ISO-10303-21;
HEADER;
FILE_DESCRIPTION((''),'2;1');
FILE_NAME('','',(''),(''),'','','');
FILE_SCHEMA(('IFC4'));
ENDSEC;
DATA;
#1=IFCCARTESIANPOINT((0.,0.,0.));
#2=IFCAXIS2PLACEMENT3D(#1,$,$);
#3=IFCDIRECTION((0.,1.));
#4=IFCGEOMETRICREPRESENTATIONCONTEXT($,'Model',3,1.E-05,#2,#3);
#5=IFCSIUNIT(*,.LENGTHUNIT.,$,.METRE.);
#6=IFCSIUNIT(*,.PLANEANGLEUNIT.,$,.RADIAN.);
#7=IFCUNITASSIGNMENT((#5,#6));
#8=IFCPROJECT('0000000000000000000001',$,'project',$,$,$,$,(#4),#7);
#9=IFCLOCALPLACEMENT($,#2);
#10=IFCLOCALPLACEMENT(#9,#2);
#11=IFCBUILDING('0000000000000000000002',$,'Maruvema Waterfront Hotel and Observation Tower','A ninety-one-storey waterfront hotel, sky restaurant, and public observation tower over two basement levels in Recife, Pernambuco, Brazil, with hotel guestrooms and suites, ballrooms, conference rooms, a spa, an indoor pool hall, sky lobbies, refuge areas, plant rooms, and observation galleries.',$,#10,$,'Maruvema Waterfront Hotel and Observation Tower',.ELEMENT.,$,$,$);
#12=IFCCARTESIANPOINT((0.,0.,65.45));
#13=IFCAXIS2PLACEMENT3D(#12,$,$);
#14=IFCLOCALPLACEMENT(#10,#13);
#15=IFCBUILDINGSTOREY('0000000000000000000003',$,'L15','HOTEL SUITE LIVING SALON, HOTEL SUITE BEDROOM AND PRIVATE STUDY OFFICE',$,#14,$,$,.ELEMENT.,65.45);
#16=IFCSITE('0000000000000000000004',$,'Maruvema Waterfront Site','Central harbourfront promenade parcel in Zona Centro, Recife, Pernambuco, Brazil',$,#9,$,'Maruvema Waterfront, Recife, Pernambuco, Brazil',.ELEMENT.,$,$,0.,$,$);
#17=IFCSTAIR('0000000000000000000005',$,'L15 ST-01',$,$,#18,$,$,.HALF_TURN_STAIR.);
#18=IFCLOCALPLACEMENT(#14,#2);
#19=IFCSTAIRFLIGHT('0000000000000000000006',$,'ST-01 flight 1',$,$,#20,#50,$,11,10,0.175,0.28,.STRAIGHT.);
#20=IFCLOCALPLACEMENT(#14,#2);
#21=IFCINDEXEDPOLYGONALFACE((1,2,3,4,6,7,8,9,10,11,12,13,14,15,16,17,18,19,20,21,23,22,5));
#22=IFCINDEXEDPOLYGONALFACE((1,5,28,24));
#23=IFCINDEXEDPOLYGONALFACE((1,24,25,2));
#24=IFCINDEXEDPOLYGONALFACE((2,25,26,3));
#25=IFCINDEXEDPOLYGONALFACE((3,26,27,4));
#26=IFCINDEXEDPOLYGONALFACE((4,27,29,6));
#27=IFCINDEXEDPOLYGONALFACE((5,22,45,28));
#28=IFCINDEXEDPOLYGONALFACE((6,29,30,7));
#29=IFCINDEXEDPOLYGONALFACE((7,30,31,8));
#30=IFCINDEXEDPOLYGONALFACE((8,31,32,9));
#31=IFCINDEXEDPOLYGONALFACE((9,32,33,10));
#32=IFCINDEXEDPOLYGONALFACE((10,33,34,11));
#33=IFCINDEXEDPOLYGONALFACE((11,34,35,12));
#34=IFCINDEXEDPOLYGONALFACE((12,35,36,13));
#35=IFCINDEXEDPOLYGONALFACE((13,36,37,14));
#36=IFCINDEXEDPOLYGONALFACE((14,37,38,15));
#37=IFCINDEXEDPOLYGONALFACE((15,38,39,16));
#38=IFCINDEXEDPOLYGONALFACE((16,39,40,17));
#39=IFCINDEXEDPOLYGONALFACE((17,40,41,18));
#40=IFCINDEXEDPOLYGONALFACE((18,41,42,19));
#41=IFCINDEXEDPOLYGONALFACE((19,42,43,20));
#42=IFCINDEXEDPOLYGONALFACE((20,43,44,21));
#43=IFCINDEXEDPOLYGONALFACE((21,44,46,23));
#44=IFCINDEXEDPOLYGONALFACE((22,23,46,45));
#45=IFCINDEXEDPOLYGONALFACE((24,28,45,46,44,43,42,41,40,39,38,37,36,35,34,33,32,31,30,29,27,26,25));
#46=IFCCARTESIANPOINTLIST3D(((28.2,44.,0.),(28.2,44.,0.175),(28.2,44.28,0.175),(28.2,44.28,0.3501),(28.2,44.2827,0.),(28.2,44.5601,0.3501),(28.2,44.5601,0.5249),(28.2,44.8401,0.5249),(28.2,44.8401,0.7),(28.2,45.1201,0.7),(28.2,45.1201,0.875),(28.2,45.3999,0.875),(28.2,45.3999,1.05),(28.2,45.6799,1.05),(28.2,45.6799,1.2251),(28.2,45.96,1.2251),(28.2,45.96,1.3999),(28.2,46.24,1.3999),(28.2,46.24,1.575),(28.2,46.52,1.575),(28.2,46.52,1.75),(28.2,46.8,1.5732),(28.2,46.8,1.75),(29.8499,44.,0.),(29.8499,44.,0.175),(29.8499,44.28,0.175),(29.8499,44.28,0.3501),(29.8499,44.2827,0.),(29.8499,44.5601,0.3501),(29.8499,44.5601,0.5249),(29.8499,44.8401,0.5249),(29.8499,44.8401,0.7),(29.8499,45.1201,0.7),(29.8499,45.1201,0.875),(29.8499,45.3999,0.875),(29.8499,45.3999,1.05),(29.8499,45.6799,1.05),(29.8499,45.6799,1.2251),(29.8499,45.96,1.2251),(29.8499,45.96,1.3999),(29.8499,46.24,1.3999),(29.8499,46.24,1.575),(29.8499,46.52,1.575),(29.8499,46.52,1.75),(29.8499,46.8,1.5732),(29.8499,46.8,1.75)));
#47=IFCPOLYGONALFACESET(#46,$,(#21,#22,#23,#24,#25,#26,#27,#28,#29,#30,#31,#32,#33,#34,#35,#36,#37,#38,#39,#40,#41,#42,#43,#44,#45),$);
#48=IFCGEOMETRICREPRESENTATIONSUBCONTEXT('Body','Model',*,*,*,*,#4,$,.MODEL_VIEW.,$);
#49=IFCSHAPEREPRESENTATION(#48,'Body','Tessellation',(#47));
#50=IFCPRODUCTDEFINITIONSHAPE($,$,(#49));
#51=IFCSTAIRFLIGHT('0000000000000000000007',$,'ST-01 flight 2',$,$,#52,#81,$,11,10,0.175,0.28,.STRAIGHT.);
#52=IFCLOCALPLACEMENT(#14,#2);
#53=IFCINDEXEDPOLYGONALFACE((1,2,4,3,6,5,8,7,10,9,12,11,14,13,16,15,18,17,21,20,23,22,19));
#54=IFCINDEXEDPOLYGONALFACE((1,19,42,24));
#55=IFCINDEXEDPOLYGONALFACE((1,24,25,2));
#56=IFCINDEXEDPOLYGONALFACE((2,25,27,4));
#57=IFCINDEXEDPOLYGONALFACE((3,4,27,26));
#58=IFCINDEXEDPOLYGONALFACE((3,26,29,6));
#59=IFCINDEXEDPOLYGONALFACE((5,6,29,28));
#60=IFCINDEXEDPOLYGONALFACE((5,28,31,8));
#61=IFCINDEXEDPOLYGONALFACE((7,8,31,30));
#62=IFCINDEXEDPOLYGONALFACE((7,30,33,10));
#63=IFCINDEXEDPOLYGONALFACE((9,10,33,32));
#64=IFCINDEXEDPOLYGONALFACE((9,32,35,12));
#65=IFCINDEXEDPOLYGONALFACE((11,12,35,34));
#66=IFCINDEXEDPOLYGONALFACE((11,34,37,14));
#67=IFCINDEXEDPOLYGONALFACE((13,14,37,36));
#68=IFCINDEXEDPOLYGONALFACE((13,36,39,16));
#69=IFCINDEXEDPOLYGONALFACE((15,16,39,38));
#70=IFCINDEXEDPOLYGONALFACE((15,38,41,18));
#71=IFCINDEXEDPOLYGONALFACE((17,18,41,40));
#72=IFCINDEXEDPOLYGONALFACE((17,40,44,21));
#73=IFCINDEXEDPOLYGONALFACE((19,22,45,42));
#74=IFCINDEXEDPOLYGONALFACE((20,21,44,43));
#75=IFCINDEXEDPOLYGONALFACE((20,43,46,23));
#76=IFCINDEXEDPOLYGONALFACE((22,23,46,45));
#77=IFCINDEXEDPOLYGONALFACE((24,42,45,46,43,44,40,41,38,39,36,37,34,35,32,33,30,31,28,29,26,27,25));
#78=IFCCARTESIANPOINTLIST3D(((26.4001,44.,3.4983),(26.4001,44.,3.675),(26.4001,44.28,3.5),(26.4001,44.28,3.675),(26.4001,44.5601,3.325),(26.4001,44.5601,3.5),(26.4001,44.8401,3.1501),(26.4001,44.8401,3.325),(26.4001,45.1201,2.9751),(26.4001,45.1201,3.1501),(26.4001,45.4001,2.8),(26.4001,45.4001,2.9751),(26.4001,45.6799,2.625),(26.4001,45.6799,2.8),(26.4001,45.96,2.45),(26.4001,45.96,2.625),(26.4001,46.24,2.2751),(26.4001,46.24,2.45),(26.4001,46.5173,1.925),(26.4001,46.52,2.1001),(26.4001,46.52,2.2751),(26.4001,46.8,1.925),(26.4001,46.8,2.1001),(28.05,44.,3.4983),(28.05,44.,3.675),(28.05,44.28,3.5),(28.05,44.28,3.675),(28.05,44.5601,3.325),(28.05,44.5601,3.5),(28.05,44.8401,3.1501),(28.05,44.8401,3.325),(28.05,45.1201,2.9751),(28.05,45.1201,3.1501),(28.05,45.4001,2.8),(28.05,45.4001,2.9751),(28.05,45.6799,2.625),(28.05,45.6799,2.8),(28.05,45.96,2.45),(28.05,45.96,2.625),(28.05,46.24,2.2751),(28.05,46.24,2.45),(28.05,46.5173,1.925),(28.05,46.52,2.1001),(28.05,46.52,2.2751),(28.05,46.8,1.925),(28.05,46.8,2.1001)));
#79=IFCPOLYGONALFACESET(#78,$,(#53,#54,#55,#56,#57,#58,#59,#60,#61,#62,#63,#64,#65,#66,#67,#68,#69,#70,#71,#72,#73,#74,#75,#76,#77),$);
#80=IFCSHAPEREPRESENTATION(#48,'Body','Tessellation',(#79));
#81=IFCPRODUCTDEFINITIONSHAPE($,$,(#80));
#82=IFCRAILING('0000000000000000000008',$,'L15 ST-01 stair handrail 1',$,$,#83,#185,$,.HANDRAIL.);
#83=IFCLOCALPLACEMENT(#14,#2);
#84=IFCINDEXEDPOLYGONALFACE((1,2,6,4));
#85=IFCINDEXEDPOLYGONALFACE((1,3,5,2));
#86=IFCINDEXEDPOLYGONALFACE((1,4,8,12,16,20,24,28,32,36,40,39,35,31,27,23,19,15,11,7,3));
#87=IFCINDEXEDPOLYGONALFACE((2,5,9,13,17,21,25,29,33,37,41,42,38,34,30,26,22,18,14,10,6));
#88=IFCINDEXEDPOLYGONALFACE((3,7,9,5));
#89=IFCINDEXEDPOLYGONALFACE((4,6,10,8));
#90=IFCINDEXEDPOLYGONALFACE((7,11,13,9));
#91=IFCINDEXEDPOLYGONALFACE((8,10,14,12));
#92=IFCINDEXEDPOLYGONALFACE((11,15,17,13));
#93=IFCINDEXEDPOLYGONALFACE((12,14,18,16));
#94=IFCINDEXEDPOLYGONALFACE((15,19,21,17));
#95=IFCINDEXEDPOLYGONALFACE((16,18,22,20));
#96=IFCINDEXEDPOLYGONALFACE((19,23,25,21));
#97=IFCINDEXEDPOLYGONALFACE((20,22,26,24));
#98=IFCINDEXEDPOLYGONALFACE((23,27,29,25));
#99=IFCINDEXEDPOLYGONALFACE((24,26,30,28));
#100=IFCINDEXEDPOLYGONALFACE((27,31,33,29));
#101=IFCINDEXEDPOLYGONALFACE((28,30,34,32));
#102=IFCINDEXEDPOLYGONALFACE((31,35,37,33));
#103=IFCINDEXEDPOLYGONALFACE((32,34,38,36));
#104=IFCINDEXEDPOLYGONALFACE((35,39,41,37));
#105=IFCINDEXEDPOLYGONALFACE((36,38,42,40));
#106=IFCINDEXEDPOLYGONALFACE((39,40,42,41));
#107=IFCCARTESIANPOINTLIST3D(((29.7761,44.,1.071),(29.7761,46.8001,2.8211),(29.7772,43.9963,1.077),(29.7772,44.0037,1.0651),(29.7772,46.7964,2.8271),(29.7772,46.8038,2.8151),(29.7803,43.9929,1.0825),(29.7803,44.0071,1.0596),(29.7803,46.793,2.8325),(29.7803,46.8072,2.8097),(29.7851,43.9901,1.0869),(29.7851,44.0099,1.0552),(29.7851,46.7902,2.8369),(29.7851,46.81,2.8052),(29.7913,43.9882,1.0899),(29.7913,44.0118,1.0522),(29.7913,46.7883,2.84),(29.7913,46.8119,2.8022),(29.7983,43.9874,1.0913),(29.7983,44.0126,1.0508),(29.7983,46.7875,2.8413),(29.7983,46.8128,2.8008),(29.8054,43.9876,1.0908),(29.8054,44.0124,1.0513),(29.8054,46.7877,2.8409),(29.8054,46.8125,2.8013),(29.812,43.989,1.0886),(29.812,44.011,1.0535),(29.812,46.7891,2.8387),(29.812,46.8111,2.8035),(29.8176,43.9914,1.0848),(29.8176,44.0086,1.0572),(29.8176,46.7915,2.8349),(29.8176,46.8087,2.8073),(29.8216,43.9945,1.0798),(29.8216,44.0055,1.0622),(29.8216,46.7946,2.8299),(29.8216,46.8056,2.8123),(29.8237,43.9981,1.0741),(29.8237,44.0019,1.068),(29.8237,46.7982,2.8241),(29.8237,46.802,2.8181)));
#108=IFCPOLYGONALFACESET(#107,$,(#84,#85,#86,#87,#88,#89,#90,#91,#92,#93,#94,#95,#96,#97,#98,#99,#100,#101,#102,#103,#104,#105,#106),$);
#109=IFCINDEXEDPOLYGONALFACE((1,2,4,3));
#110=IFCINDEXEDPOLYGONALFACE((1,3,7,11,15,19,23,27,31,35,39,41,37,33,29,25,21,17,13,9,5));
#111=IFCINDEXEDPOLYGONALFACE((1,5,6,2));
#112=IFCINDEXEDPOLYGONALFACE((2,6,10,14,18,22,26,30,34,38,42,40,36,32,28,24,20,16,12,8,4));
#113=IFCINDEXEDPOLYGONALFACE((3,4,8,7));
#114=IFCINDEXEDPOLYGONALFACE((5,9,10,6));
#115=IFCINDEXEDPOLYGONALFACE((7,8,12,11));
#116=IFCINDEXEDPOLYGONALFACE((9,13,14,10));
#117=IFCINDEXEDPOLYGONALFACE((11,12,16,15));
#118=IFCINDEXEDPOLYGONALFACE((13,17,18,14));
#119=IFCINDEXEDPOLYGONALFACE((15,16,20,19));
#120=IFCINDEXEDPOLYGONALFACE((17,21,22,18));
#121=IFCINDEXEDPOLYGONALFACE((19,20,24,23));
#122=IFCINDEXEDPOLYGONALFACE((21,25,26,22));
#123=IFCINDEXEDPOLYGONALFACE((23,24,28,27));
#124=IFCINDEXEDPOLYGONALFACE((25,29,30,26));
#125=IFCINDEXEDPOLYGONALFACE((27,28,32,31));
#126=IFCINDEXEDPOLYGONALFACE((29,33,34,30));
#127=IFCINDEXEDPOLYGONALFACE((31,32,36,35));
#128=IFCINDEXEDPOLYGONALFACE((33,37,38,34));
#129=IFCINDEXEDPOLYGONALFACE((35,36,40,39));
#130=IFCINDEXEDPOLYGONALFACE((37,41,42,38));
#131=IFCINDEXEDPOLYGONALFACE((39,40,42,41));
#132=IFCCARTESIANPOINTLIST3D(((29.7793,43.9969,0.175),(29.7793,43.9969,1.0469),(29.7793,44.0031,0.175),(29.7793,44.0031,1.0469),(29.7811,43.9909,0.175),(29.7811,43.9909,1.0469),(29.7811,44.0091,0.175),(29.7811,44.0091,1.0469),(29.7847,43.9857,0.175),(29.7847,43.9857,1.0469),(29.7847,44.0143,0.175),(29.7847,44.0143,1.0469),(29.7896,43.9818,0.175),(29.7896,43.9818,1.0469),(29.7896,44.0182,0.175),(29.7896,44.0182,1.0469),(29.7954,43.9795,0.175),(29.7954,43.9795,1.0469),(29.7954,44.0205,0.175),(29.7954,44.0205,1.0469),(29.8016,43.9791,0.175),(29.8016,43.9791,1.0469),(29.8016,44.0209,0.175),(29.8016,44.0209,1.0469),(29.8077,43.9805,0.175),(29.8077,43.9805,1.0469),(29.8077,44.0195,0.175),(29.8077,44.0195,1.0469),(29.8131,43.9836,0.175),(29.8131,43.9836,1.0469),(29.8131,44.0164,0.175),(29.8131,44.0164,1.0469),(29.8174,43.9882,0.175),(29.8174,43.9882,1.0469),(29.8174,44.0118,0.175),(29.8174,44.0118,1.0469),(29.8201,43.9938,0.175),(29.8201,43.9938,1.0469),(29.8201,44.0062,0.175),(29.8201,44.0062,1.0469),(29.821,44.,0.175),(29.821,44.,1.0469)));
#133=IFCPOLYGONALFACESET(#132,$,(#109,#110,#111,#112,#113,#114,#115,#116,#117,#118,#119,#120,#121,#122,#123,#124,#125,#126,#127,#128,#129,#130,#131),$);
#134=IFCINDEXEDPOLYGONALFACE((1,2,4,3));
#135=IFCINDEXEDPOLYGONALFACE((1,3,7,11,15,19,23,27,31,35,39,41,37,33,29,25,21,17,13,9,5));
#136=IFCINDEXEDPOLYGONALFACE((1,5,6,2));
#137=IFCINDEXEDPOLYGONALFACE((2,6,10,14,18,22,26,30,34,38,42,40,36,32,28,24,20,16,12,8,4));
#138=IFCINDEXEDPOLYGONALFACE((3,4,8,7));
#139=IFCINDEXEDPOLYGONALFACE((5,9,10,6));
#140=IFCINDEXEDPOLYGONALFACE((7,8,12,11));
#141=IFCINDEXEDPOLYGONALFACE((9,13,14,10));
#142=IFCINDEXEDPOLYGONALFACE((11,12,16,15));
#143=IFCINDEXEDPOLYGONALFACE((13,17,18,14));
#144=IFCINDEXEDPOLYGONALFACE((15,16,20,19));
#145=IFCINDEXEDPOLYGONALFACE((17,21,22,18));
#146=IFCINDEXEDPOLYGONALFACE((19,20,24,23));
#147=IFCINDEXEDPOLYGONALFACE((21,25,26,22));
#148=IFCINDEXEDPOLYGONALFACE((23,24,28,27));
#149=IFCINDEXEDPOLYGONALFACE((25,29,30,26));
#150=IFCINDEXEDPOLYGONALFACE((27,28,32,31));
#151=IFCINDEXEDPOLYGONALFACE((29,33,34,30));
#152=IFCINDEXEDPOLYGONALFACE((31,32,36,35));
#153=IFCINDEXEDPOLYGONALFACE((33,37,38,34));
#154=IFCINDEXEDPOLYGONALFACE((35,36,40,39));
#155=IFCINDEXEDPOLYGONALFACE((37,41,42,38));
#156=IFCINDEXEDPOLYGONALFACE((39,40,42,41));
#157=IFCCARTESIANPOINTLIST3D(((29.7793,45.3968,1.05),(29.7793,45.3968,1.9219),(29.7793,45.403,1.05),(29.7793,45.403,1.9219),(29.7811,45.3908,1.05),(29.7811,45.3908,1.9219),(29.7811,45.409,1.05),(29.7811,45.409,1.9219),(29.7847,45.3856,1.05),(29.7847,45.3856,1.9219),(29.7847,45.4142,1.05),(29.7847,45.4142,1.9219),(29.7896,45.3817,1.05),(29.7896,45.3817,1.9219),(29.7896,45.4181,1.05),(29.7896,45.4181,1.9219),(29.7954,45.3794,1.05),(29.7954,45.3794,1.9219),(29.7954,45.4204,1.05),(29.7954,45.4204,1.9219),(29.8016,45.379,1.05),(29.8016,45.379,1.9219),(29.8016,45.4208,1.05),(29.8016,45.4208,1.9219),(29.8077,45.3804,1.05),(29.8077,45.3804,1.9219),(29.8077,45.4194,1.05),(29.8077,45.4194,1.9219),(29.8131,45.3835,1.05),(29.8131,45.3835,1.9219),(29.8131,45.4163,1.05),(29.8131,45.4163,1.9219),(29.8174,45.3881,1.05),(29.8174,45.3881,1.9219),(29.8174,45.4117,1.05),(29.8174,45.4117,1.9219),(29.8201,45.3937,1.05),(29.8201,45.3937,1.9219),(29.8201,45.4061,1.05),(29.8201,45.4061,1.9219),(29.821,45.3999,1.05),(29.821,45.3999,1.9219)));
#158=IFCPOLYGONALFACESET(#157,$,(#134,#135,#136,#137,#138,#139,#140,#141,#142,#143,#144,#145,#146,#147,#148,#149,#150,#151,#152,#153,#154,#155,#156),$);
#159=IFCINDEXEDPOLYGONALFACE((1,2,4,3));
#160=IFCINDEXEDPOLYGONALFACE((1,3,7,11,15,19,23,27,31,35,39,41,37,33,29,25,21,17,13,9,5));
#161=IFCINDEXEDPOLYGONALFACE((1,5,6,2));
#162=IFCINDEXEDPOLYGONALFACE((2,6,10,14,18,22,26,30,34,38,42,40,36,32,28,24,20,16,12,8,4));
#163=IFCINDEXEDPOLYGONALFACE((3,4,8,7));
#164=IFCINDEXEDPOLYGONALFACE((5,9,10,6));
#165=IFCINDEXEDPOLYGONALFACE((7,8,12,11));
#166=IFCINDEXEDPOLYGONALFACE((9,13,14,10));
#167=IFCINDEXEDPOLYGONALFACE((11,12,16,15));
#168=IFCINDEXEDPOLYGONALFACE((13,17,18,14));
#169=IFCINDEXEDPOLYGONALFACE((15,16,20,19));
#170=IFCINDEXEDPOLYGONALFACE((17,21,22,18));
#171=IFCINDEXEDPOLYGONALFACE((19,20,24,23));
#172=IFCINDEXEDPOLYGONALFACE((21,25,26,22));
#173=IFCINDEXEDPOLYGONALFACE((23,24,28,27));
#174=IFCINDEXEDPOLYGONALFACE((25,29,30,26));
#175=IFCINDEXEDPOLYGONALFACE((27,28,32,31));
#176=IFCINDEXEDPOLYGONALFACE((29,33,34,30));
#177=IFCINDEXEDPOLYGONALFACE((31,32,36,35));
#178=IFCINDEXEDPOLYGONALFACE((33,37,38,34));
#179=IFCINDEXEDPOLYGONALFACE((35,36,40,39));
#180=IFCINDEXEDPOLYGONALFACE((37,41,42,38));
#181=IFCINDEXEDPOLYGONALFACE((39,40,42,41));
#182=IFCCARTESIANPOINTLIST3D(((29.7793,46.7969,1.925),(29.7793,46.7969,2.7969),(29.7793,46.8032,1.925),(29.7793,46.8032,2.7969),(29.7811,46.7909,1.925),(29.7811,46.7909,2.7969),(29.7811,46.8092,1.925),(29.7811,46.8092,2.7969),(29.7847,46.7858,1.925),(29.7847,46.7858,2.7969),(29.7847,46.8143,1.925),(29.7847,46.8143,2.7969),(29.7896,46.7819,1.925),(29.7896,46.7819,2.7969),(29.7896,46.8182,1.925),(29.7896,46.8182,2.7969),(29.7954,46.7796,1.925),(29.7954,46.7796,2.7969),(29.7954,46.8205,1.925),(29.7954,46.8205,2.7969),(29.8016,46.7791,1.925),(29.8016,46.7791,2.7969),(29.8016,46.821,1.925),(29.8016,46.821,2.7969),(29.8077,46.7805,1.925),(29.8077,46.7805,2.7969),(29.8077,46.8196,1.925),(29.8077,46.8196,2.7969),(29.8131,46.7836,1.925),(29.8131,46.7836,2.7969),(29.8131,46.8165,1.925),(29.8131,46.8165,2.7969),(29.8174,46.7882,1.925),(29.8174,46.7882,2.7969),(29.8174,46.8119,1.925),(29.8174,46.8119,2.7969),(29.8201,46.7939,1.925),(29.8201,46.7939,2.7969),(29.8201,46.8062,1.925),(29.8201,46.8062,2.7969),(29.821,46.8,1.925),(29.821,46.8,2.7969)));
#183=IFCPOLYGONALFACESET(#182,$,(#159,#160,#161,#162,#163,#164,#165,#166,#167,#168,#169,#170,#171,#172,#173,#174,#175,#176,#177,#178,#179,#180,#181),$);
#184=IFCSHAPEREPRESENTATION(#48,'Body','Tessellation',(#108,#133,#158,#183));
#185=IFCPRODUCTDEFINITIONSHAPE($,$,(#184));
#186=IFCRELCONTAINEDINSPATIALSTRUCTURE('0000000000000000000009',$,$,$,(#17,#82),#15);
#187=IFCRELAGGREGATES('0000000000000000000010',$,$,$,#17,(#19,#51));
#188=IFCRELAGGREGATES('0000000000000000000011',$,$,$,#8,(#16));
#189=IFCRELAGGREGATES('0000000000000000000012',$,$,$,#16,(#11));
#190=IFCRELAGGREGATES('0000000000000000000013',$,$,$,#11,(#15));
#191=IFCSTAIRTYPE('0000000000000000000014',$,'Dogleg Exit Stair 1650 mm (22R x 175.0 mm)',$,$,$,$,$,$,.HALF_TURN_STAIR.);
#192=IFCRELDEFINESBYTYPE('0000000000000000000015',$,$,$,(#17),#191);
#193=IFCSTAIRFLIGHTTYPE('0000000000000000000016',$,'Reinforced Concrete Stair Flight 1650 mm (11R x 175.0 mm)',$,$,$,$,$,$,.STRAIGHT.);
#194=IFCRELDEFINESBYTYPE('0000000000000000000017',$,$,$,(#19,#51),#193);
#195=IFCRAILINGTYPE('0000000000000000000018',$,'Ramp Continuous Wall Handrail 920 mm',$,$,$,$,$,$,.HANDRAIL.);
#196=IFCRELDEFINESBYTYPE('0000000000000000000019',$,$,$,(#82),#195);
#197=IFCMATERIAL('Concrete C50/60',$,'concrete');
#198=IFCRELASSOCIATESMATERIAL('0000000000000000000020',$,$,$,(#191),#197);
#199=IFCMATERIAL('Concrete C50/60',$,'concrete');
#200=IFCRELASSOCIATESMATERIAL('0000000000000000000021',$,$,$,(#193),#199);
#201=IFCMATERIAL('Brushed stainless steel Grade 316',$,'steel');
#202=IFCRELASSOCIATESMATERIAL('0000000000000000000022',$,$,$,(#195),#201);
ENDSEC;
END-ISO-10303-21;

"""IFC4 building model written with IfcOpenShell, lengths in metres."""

from ifc_helpers import new_model, si_unit, direction, frame, origin, origin_2d, place, context, subcontext, project, spatial, polyline, circle, outline, extrude, material, type_object, element, aggregate, save


model = new_model("IFC4")

# Units and contexts
model_context = context("Model", 3, precision=1e-05, world=origin(), true_north=direction((0.0, 1.0)))
body_context = subcontext(model_context, "Body", "Model", "MODEL_VIEW")
ifc_project = project(units=[si_unit("LENGTHUNIT", "METRE"), si_unit("PLANEANGLEUNIT", "RADIAN")], contexts=[model_context])

# Site, building, storey
site_placement = place(None, origin())
site = spatial("IfcSite", under=ifc_project, at=site_placement, Name="Maruvema Waterfront Site", Description="Central harbourfront promenade parcel in Zona Centro, Recife, Pernambuco, Brazil", LongName="Maruvema Waterfront, Recife, Pernambuco, Brazil", CompositionType="ELEMENT", RefElevation=0.0)
building_placement = place(site_placement, origin())
building = spatial("IfcBuilding", under=site, at=building_placement, Name="Maruvema Waterfront Hotel and Observation Tower", Description="A ninety-one-storey waterfront hotel, sky restaurant, and public observation tower over two basement levels in Recife, Pernambuco, Brazil, with hotel guestrooms and suites, ballrooms, conference rooms, a spa, an indoor pool hall, sky lobbies, refuge areas, plant rooms, and observation galleries.", LongName="Maruvema Waterfront Hotel and Observation Tower", CompositionType="ELEMENT")
storey_placement = place(building_placement, frame((0.0, 0.0, 65.45)))
storey = spatial("IfcBuildingStorey", under=building, at=storey_placement, Name="L15", Description="HOTEL SUITE LIVING SALON, HOTEL SUITE BEDROOM AND PRIVATE STUDY OFFICE", CompositionType="ELEMENT", Elevation=65.45)

# Stair, stair flights
ifc_material_1 = material(Name="Concrete C50/60", Category="concrete")
stair_type = type_object("IfcStairType", Name="Dogleg Exit Stair 1650 mm (22R x 175.0 mm)", PredefinedType="HALF_TURN_STAIR", material=ifc_material_1)
stair_placement = place(storey_placement, origin())
stair = element("IfcStair", 1, at=stair_placement, inside=storey, type_object=stair_type, Name="L15 ST-01", PredefinedType="HALF_TURN_STAIR")
ifc_material_2 = material(Name="Concrete C50/60", Category="concrete")
stair_flight_type = type_object("IfcStairFlightType", Name="Reinforced Concrete Stair Flight 1650 mm (11R x 175.0 mm)", PredefinedType="STRAIGHT", material=ifc_material_2)
stair_flight_1_placement = place(storey_placement, frame((29.0249, 44.0, 0.0), z_axis=(0.0, 0.0, 1.0), x_axis=(0.0, 1.0, 0.0)))
stair_flight_1 = element("IfcStairFlight", 2, at=stair_flight_1_placement, type_object=stair_flight_type, Name="ST-01 flight 1", NumberOfRisers=11, NumberOfTreads=10, PredefinedType="STRAIGHT", RiserHeight=0.175, TreadLength=0.28, context=body_context, shape_type="SweptSolid", body=[
    extrude(outline(polyline([(0.0, 0.0), (0.0, 0.175), (0.28, 0.175), (0.28, 0.3501), (0.5601, 0.3501), (0.5601, 0.5249), (0.8401, 0.5249), (0.8401, 0.7), (1.1201, 0.7), (1.1201, 0.875), (1.3999, 0.875), (1.3999, 1.05), (1.6799, 1.05), (1.6799, 1.2251), (1.96, 1.2251), (1.96, 1.3999), (2.24, 1.3999), (2.24, 1.575), (2.52, 1.575), (2.52, 1.75), (2.8, 1.75), (2.8, 1.925), (2.8, 1.5732), (0.2827, 0.0), (0.0, 0.0)])), frame((0.0, 0.825, 0.0), z_axis=(0.0, -1.0, 0.0), x_axis=(1.0, 0.0, 0.0)), (0.0, 0.0, 1.0), 1.6499),
])
stair_flight_2_placement = place(storey_placement, frame((27.2251, 46.8, 1.925), z_axis=(0.0, 0.0, 1.0), x_axis=(0.0, -1.0, 0.0)))
stair_flight_2 = element("IfcStairFlight", 3, at=stair_flight_2_placement, type_object=stair_flight_type, Name="ST-01 flight 2", NumberOfRisers=11, NumberOfTreads=10, PredefinedType="STRAIGHT", RiserHeight=0.175, TreadLength=0.28, context=body_context, shape_type="SweptSolid", body=[
    extrude(outline(polyline([(0.0, 0.0), (0.0, 0.175), (0.28, 0.175), (0.28, 0.3501), (0.5601, 0.3501), (0.5601, 0.5249), (0.8401, 0.5249), (0.8401, 0.7), (1.1201, 0.7), (1.1201, 0.875), (1.3999, 0.875), (1.3999, 1.05), (1.6799, 1.05), (1.6799, 1.2251), (1.96, 1.2251), (1.96, 1.3999), (2.24, 1.3999), (2.24, 1.575), (2.52, 1.575), (2.52, 1.75), (2.8, 1.75), (2.8, 1.925), (2.8, 1.5732), (0.2827, 0.0), (0.0, 0.0)])), frame((0.0, 0.825, 0.0), z_axis=(0.0, -1.0, 0.0), x_axis=(1.0, 0.0, 0.0)), (0.0, 0.0, 1.0), 1.6499),
])
aggregate(stair, [stair_flight_1, stair_flight_2])

# Railing
ifc_material_3 = material(Name="Brushed stainless steel Grade 316", Category="steel")
railing_type_1 = type_object("IfcRailingType", Name="Ramp Continuous Wall Handrail 920 mm", PredefinedType="HANDRAIL", material=ifc_material_3)
railing_1_placement = place(storey_placement, frame((29.8, 44.0, 0.175)))
element("IfcRailing", 4, at=railing_1_placement, inside=storey, type_object=railing_type_1, Name="L15 ST-01 stair handrail 1", PredefinedType="HANDRAIL", context=body_context, shape_type="SweptSolid", body=[
    extrude(circle(Radius=0.0239, at=origin_2d()), frame((0.0, 0.0, 0.896), z_axis=(0.0, 0.848002, 0.529992), x_axis=(-1.0, 0.0, 0.0)), (0.0, 0.0, 1.0), 3.302),
    extrude(circle(Radius=0.021, at=origin_2d()), origin(), (0.0, 0.0, 1.0), 0.8718),
    extrude(circle(Radius=0.021, at=origin_2d()), frame((0.0, 1.3999, 0.875)), (0.0, 0.0, 1.0), 0.8718),
    extrude(circle(Radius=0.021, at=origin_2d()), frame((0.0, 2.8, 1.75)), (0.0, 0.0, 1.0), 0.8718),
])

save(model, "model.ifc")
